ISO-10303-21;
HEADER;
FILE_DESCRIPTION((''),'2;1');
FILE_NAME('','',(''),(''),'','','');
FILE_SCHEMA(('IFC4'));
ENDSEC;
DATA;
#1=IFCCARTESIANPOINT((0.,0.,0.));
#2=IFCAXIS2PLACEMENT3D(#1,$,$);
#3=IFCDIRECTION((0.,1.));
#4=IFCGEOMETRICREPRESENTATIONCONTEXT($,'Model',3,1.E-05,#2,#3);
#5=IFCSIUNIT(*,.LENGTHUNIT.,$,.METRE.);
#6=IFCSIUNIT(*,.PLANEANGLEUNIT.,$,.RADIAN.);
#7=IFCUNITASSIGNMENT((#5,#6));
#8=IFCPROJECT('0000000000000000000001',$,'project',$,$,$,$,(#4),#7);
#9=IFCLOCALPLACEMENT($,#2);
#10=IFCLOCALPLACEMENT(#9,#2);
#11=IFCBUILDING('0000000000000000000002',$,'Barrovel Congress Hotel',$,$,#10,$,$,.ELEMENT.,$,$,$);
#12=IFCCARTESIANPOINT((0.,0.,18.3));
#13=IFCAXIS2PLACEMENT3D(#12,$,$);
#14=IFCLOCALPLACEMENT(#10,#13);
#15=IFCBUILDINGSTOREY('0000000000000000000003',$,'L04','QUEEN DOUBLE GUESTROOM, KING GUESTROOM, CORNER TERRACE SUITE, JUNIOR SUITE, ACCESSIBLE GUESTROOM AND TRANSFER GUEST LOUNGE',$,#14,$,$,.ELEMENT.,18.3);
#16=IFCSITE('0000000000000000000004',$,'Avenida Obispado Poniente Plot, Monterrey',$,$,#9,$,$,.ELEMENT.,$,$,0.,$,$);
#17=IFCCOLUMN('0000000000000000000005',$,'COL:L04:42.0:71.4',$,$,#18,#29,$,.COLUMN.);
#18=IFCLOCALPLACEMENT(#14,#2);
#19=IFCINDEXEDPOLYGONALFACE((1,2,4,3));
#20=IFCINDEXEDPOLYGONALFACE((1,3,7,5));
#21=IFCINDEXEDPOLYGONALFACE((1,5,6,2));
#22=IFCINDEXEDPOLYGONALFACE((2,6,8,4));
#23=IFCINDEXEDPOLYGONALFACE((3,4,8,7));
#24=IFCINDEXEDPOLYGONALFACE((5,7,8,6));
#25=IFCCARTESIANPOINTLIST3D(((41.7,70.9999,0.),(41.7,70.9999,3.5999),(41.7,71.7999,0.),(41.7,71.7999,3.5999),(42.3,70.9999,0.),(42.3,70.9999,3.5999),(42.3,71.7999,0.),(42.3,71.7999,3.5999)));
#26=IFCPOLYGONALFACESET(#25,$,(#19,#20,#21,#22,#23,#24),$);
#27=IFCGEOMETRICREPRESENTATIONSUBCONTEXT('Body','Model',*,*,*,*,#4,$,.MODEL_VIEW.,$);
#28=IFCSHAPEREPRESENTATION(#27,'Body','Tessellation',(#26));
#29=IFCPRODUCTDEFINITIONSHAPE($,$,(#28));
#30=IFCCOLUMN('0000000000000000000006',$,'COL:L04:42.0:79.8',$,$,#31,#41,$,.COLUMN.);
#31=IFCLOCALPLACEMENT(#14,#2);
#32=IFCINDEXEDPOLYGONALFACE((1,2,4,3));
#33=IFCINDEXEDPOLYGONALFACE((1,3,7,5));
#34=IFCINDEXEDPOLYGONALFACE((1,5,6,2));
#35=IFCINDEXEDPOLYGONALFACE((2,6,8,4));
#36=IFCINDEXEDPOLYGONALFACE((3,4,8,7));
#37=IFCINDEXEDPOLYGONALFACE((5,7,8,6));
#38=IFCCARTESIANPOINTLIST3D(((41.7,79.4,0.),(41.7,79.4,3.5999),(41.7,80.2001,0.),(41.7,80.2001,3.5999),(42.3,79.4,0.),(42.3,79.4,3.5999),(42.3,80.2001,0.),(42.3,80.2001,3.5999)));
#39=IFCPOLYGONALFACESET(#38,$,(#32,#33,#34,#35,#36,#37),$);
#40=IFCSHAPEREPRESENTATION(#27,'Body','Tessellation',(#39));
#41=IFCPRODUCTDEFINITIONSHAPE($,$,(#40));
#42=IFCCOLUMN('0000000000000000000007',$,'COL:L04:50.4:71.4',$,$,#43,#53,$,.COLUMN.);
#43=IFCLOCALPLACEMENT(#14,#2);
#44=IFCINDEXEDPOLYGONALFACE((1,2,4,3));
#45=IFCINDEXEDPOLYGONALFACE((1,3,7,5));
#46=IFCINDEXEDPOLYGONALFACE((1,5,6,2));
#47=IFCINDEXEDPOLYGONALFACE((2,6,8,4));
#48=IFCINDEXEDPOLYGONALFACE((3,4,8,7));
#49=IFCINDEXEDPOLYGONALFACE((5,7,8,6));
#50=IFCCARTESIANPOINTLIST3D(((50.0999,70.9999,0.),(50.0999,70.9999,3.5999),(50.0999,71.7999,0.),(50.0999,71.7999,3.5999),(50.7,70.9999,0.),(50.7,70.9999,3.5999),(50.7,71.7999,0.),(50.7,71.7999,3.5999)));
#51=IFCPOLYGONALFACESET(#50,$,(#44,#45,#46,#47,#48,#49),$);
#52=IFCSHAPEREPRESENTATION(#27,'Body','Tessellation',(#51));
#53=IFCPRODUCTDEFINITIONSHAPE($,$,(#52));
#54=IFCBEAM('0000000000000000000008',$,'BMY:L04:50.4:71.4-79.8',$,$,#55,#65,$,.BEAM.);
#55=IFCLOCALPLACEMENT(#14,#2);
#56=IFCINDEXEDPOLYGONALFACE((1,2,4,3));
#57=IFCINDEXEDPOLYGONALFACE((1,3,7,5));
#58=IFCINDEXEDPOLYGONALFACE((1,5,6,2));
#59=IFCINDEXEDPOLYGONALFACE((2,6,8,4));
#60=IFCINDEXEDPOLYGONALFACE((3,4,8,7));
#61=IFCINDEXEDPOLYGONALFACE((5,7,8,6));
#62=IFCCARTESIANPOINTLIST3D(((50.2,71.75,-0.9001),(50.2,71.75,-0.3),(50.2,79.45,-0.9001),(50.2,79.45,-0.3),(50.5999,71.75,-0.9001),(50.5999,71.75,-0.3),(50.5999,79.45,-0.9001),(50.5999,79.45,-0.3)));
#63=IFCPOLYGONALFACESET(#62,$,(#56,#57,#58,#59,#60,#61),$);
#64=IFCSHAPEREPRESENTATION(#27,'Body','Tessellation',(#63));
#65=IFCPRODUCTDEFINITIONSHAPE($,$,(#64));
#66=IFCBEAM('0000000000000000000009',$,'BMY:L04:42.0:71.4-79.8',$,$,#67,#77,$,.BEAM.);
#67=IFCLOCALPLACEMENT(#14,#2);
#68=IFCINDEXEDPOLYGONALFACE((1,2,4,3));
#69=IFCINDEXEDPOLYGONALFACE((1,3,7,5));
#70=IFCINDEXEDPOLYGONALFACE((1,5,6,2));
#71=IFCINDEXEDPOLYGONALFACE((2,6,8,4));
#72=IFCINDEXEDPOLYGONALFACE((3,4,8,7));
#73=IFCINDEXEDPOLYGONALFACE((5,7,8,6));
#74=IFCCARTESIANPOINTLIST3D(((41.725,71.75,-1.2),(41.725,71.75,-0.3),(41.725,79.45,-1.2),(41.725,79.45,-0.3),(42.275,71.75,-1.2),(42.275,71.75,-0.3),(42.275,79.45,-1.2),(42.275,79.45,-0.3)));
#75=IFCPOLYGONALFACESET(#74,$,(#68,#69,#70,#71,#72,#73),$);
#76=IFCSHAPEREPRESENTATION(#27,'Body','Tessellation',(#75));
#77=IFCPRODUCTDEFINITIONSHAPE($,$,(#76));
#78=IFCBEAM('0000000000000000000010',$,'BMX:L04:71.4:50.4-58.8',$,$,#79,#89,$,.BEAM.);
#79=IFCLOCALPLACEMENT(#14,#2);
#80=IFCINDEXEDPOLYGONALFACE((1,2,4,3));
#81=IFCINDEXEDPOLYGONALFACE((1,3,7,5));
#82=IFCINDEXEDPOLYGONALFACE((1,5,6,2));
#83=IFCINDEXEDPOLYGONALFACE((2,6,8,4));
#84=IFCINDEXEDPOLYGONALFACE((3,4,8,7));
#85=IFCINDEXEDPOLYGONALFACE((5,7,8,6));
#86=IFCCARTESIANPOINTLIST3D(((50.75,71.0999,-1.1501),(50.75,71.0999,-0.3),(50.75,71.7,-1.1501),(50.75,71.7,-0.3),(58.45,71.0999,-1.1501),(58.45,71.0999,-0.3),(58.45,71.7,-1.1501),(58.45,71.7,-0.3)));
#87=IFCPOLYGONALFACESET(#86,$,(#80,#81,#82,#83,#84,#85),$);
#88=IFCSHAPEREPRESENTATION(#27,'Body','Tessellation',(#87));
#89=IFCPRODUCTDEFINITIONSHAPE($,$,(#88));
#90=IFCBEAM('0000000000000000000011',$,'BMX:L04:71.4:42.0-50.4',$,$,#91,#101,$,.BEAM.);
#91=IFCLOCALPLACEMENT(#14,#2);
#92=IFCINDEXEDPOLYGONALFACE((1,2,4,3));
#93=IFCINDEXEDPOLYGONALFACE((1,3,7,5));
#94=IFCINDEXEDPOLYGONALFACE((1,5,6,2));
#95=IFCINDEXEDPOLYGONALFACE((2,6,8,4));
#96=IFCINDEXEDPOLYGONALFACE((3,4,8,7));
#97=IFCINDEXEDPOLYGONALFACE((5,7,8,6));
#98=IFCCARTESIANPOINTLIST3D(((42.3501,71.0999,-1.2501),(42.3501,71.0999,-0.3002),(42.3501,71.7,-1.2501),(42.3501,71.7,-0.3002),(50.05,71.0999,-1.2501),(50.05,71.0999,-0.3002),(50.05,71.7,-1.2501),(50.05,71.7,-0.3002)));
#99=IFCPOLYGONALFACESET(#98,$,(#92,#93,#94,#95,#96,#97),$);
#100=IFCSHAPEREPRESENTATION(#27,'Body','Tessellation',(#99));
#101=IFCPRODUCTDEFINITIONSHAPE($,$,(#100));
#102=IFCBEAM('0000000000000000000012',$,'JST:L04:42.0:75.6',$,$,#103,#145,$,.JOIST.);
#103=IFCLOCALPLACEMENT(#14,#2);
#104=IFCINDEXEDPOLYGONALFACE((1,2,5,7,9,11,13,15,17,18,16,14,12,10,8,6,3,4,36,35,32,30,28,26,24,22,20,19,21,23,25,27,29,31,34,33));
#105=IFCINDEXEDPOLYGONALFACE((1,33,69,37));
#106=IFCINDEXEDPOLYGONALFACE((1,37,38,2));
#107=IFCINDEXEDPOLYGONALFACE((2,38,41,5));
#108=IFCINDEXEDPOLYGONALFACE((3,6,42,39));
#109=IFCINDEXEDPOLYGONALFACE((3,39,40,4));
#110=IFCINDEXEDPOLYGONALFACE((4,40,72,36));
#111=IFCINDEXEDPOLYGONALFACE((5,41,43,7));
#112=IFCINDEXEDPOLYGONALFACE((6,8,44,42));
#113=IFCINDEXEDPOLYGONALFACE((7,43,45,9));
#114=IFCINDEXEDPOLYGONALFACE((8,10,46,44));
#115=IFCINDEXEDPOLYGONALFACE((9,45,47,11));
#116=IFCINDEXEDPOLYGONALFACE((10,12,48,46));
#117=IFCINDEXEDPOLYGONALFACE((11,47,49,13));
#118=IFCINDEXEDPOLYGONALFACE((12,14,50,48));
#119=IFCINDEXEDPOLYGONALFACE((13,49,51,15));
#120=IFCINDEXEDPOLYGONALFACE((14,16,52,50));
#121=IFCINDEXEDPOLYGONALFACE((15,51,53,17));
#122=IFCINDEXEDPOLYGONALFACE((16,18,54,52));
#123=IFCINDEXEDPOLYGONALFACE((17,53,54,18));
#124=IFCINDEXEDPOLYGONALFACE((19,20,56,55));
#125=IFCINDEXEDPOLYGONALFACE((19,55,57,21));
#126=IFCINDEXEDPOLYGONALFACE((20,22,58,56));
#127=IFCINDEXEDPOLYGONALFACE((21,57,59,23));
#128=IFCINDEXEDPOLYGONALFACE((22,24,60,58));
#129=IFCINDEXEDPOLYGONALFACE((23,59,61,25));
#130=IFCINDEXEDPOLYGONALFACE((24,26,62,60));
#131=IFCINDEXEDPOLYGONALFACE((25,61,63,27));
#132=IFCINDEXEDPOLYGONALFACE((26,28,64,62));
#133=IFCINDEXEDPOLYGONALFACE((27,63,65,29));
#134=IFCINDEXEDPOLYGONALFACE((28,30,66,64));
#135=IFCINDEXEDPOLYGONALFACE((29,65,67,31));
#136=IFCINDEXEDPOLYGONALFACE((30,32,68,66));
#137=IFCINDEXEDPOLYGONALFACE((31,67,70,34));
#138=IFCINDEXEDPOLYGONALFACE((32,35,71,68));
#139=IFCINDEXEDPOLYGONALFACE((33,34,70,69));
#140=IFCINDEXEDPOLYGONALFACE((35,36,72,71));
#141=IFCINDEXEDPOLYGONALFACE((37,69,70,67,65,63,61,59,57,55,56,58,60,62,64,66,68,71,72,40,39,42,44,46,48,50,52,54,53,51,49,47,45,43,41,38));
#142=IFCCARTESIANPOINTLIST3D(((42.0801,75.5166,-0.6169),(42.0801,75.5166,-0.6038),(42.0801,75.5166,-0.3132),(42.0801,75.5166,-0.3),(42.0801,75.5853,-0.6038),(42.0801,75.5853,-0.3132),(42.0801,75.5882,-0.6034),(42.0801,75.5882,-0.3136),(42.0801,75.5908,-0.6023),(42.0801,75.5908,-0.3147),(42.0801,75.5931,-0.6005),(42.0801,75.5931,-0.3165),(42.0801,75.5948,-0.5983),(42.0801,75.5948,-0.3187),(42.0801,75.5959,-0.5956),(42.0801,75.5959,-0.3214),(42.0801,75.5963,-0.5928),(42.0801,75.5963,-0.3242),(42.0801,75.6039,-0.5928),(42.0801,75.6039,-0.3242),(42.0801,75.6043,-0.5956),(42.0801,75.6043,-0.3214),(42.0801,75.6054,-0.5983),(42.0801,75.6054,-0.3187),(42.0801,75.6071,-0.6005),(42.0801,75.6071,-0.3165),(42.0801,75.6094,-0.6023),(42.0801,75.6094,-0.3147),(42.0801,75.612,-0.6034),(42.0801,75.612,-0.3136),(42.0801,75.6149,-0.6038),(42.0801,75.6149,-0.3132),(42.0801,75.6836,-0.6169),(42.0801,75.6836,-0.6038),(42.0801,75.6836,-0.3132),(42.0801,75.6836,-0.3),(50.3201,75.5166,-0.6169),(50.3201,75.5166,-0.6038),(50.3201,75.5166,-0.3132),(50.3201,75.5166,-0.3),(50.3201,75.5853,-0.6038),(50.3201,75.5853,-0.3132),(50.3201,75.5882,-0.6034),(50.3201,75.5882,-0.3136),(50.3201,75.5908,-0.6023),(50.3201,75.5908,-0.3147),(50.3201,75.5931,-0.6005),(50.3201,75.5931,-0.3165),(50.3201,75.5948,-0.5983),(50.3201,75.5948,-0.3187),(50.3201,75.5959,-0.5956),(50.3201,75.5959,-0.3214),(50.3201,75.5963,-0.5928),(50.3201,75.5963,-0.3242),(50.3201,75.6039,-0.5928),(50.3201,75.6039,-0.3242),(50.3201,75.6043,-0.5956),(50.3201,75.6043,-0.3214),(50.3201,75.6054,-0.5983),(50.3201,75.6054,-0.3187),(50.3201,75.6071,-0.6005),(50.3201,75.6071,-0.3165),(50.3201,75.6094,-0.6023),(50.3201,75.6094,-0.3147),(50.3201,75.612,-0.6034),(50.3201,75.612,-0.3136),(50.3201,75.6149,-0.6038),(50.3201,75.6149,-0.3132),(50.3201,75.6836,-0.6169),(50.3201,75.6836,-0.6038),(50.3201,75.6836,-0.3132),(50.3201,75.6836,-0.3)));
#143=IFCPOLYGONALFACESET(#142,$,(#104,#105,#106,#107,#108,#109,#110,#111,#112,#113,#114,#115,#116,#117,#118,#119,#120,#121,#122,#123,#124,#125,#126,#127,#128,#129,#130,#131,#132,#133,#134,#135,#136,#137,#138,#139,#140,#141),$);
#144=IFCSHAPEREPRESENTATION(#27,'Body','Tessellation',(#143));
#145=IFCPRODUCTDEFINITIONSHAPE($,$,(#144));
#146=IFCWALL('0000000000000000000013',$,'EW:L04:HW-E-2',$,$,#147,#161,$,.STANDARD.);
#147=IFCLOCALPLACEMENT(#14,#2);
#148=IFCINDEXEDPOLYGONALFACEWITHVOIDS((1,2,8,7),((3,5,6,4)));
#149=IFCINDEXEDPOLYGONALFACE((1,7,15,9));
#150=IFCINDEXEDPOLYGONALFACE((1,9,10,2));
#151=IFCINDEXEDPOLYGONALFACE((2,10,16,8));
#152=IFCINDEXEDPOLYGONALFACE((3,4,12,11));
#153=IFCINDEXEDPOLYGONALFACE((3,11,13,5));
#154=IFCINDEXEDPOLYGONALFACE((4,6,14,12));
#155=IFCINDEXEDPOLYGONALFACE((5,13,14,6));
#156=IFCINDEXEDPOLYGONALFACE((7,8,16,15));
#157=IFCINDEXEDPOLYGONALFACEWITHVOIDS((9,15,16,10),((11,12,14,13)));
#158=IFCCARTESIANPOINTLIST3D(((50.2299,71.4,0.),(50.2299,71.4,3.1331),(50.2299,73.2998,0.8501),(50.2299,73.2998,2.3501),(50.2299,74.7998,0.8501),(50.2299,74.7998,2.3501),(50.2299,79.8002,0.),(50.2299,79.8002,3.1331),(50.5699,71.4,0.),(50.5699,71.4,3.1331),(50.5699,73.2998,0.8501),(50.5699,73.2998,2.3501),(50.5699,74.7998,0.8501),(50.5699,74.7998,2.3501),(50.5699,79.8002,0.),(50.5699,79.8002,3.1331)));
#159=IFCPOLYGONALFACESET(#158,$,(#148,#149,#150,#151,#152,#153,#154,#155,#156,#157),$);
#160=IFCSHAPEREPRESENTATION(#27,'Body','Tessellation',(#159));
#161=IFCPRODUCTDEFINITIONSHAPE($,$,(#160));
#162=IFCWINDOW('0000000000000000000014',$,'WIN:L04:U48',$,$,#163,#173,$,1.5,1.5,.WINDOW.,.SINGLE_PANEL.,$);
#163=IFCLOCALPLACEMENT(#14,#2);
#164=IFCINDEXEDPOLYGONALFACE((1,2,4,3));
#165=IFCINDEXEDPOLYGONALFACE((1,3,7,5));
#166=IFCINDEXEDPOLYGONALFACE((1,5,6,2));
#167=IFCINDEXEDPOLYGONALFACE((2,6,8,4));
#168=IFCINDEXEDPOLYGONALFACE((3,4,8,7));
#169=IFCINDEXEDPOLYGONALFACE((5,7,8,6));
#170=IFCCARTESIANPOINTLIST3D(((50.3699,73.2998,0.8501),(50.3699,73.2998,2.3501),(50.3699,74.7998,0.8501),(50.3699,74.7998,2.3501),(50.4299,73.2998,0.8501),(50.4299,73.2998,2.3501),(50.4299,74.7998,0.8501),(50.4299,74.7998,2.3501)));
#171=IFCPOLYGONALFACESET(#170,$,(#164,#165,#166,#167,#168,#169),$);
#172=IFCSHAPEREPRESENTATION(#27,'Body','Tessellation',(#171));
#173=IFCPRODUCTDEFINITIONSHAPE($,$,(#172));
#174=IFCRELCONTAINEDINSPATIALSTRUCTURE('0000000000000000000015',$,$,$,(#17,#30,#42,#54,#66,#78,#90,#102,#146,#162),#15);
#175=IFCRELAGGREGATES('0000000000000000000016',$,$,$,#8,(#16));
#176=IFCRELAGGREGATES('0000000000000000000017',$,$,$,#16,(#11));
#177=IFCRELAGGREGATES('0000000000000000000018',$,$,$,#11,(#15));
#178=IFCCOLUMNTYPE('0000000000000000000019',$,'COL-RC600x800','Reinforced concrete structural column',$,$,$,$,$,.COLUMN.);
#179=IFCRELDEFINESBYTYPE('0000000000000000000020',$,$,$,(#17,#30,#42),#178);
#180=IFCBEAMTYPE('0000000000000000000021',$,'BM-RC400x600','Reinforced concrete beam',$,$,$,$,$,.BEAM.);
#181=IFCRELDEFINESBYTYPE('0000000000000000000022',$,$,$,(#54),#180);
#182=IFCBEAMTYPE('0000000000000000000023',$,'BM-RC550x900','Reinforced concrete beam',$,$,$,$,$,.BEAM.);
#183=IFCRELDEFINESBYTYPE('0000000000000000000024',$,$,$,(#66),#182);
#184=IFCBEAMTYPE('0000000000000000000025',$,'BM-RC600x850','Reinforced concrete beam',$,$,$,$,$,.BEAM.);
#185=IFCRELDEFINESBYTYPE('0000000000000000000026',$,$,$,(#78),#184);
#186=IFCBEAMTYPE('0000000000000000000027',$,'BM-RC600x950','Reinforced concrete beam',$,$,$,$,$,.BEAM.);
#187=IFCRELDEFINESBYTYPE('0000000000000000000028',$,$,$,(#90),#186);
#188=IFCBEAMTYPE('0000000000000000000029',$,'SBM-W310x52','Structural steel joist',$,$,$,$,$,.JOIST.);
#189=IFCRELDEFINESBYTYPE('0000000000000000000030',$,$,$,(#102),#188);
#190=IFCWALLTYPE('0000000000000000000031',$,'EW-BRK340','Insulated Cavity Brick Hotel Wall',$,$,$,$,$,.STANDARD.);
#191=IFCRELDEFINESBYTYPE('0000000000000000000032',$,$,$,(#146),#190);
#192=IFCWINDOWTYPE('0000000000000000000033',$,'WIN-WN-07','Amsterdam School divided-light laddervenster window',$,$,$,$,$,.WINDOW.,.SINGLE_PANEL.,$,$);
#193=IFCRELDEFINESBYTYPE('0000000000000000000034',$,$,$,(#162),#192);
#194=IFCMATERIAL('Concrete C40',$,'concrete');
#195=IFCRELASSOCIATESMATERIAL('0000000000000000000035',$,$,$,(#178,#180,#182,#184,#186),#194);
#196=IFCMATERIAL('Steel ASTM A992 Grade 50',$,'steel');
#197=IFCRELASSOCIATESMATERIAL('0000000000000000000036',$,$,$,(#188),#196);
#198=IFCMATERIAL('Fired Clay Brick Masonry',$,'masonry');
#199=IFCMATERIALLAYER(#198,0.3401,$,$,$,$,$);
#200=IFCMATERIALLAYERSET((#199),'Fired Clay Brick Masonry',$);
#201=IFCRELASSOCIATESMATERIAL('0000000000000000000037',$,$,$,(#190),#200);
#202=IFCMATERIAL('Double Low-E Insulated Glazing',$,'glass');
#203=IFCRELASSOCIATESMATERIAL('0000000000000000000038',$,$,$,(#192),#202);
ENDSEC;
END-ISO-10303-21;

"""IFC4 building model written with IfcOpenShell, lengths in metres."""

from ifc_helpers import new_model, si_unit, direction, frame, frame_2d, origin, origin_2d, place, context, subcontext, project, spatial, rectangle, i_section, extrude, material, layer, layer_set, material_profile, profile_set, type_object, element, fill, save


model = new_model("IFC4")

# Units and contexts
model_context = context("Model", 3, precision=1e-05, world=origin(), true_north=direction((0.0, 1.0)))
body_context = subcontext(model_context, "Body", "Model", "MODEL_VIEW")
ifc_project = project(units=[si_unit("LENGTHUNIT", "METRE"), si_unit("PLANEANGLEUNIT", "RADIAN")], contexts=[model_context])

# Site, building, storey
site_placement = place(None, origin())
site = spatial("IfcSite", under=ifc_project, at=site_placement, Name="Avenida Obispado Poniente Plot, Monterrey", CompositionType="ELEMENT", RefElevation=0.0)
building_placement = place(site_placement, origin())
building = spatial("IfcBuilding", under=site, at=building_placement, Name="Barrovel Congress Hotel", CompositionType="ELEMENT")
storey_placement = place(building_placement, frame((0.0, 0.0, 18.3)))
storey = spatial("IfcBuildingStorey", under=building, at=storey_placement, Name="L04", Description="QUEEN DOUBLE GUESTROOM, KING GUESTROOM, CORNER TERRACE SUITE, JUNIOR SUITE, ACCESSIBLE GUESTROOM AND TRANSFER GUEST LOUNGE", CompositionType="ELEMENT", Elevation=18.3)

# Columns
ifc_material_1 = material(Name="Concrete C40", Category="concrete")
ifc_material_profile_1 = material_profile(ifc_material_1, rectangle(XDim=0.6001, YDim=0.8, at=origin_2d()), Name="RC600x800")
ifc_profile_set_1 = profile_set([ifc_material_profile_1], Name="Concrete C40")
column_type = type_object("IfcColumnType", Name="COL-RC600x800", Description="Reinforced concrete structural column", PredefinedType="COLUMN", material=ifc_profile_set_1)
for number, where, z_axis, x_axis, name in (
    (1, (42.0, 71.3999, 0.0), (0.0, 0.0, 1.0), (1.0, 0.0, 0.0), "COL:L04:42.0:71.4"),
    (2, (42.0, 79.8, 0.0), (0.0, 0.0, 1.0), (1.0, 0.0, 0.0), "COL:L04:42.0:79.8"),
    (3, (50.3999, 71.3999, 0.0), (0.0, 0.0, 1.0), (1.0, 0.0, 0.0), "COL:L04:50.4:71.4"),
):
    element("IfcColumn", number, at=place(storey_placement, frame(where, z_axis=z_axis, x_axis=x_axis)), inside=storey, type_object=column_type, Name=name, PredefinedType="COLUMN", context=body_context, shape_type="SweptSolid", body=[
        extrude(rectangle(XDim=0.6001, YDim=0.8, at=origin_2d()), origin(), (0.0, 0.0, 1.0), 3.5999),
    ])

# Beams
ifc_material_profile_2 = material_profile(ifc_material_1, rectangle(XDim=0.3999, YDim=0.6001, at=origin_2d()), Name="RC400x600")
ifc_profile_set_2 = profile_set([ifc_material_profile_2], Name="Concrete C40")
beam_type_1 = type_object("IfcBeamType", Name="BM-RC400x600", Description="Reinforced concrete beam", PredefinedType="BEAM", material=ifc_profile_set_2)
beam_1_placement = place(storey_placement, frame((50.3999, 71.75, -0.6001), z_axis=(0.0, 1.0, 0.0), x_axis=(-1.0, 0.0, 0.0)))
element("IfcBeam", 4, at=beam_1_placement, inside=storey, type_object=beam_type_1, Name="BMY:L04:50.4:71.4-79.8", PredefinedType="BEAM", context=body_context, shape_type="SweptSolid", body=[
    extrude(rectangle(XDim=0.3999, YDim=0.6001, at=origin_2d()), origin(), (0.0, 0.0, 1.0), 7.7),
])
ifc_material_profile_3 = material_profile(ifc_material_1, rectangle(XDim=0.55, YDim=0.8999, at=origin_2d()), Name="RC550x900")
ifc_profile_set_3 = profile_set([ifc_material_profile_3], Name="Concrete C40")
beam_type_2 = type_object("IfcBeamType", Name="BM-RC550x900", Description="Reinforced concrete beam", PredefinedType="BEAM", material=ifc_profile_set_3)
beam_2_placement = place(storey_placement, frame((42.0, 71.75, -0.75), z_axis=(0.0, 1.0, 0.0), x_axis=(-1.0, 0.0, 0.0)))
element("IfcBeam", 5, at=beam_2_placement, inside=storey, type_object=beam_type_2, Name="BMY:L04:42.0:71.4-79.8", PredefinedType="BEAM", context=body_context, shape_type="SweptSolid", body=[
    extrude(rectangle(XDim=0.55, YDim=0.8999, at=origin_2d()), origin(), (0.0, 0.0, 1.0), 7.7),
])
ifc_material_profile_4 = material_profile(ifc_material_1, rectangle(XDim=0.6001, YDim=0.8501, at=origin_2d()), Name="RC600x850")
ifc_profile_set_4 = profile_set([ifc_material_profile_4], Name="Concrete C40")
beam_type_3 = type_object("IfcBeamType", Name="BM-RC600x850", Description="Reinforced concrete beam", PredefinedType="BEAM", material=ifc_profile_set_4)
beam_3_placement = place(storey_placement, frame((50.75, 71.3999, -0.7251), z_axis=(1.0, 0.0, 0.0), x_axis=(0.0, 1.0, 0.0)))
element("IfcBeam", 6, at=beam_3_placement, inside=storey, type_object=beam_type_3, Name="BMX:L04:71.4:50.4-58.8", PredefinedType="BEAM", context=body_context, shape_type="SweptSolid", body=[
    extrude(rectangle(XDim=0.6001, YDim=0.8501, at=origin_2d()), origin(), (0.0, 0.0, 1.0), 7.7),
])
ifc_material_profile_5 = material_profile(ifc_material_1, rectangle(XDim=0.6001, YDim=0.95, at=origin_2d()), Name="RC600x950")
ifc_profile_set_5 = profile_set([ifc_material_profile_5], Name="Concrete C40")
beam_type_4 = type_object("IfcBeamType", Name="BM-RC600x950", Description="Reinforced concrete beam", PredefinedType="BEAM", material=ifc_profile_set_5)
beam_4_placement = place(storey_placement, frame((42.3501, 71.3999, -0.7751), z_axis=(1.0, 0.0, 0.0), x_axis=(0.0, 1.0, 0.0)))
element("IfcBeam", 7, at=beam_4_placement, inside=storey, type_object=beam_type_4, Name="BMX:L04:71.4:42.0-50.4", PredefinedType="BEAM", context=body_context, shape_type="SweptSolid", body=[
    extrude(rectangle(XDim=0.6001, YDim=0.95, at=origin_2d()), origin(), (0.0, 0.0, 1.0), 7.7),
])
ifc_material_2 = material(Name="Steel ASTM A992 Grade 50", Category="steel")
ifc_material_profile_6 = material_profile(ifc_material_2, i_section(OverallWidth=0.167, OverallDepth=0.3169, WebThickness=0.0076, FlangeThickness=0.0132, FilletRadius=0.011, at=origin_2d()), Name="W310x52")
ifc_profile_set_6 = profile_set([ifc_material_profile_6], Name="Steel ASTM A992 Grade 50")
beam_type_5 = type_object("IfcBeamType", Name="SBM-W310x52", Description="Structural steel joist", PredefinedType="JOIST", material=ifc_profile_set_6)
beam_5_placement = place(storey_placement, frame((42.0801, 75.6001, -0.4585), z_axis=(1.0, 0.0, 0.0), x_axis=(0.0, 1.0, 0.0)))
element("IfcBeam", 8, at=beam_5_placement, inside=storey, type_object=beam_type_5, Name="JST:L04:42.0:75.6", PredefinedType="JOIST", context=body_context, shape_type="SweptSolid", body=[
    extrude(i_section(OverallWidth=0.167, OverallDepth=0.3169, WebThickness=0.0076, FlangeThickness=0.0132, FilletRadius=0.011, at=origin_2d()), origin(), (0.0, 0.0, 1.0), 8.24),
])

# Wall, opening, window
ifc_material_3 = material(Name="Fired Clay Brick Masonry", Category="masonry")
ifc_layer_1 = layer(ifc_material_3, 0.3401)
ifc_layer_set_1 = layer_set([ifc_layer_1], Name="Fired Clay Brick Masonry")
wall_type_1 = type_object("IfcWallType", Name="EW-BRK340", Description="Insulated Cavity Brick Hotel Wall", PredefinedType="STANDARD", material=ifc_layer_set_1)
wall_1_placement = place(storey_placement, frame((50.3999, 71.3999, 0.0), z_axis=(0.0, 0.0, 1.0), x_axis=(0.0, 1.0, 0.0)))
wall_1 = element("IfcWall", 9, at=wall_1_placement, inside=storey, type_object=wall_type_1, Name="EW:L04:HW-E-2", PredefinedType="STANDARD", context=body_context, shape_type="SweptSolid", body=[
    extrude(rectangle(XDim=8.4001, YDim=0.3401, at=frame_2d((4.2002, 0.0))), origin(), (0.0, 0.0, 1.0), 3.1331),
])
opening_1_placement = place(wall_1_placement, frame((1.8999, 0.0, 0.8501)))
opening_1 = element("IfcOpeningElement", 10, at=opening_1_placement, cuts=wall_1, PredefinedType="OPENING", context=body_context, shape_type="SweptSolid", body=[
    extrude(rectangle(XDim=1.5, YDim=1.5, at=frame_2d((0.75, 0.75))), frame((0.0, 0.1802, 0.0), z_axis=(0.0, -1.0, 0.0), x_axis=(1.0, 0.0, 0.0)), (0.0, 0.0, 1.0), 0.3601),
])
ifc_material_4 = material(Name="Double Low-E Insulated Glazing", Category="glass")
window_type = type_object("IfcWindowType", Name="WIN-WN-07", Description="Amsterdam School divided-light laddervenster window", PartitioningType="SINGLE_PANEL", PredefinedType="WINDOW", material=ifc_material_4)
window_placement = place(opening_1_placement, origin())
window = element("IfcWindow", 11, at=window_placement, inside=storey, type_object=window_type, Name="WIN:L04:U48", OverallHeight=1.5, OverallWidth=1.5, PartitioningType="SINGLE_PANEL", PredefinedType="WINDOW", context=body_context, shape_type="SweptSolid", body=[
    extrude(rectangle(XDim=1.5, YDim=1.5, at=frame_2d((0.75, 0.75))), frame((0.0, 0.03, 0.0), z_axis=(0.0, -1.0, 0.0), x_axis=(1.0, 0.0, 0.0)), (0.0, 0.0, 1.0), 0.0601),
])
fill(opening_1, window)

save(model, "model.ifc")
